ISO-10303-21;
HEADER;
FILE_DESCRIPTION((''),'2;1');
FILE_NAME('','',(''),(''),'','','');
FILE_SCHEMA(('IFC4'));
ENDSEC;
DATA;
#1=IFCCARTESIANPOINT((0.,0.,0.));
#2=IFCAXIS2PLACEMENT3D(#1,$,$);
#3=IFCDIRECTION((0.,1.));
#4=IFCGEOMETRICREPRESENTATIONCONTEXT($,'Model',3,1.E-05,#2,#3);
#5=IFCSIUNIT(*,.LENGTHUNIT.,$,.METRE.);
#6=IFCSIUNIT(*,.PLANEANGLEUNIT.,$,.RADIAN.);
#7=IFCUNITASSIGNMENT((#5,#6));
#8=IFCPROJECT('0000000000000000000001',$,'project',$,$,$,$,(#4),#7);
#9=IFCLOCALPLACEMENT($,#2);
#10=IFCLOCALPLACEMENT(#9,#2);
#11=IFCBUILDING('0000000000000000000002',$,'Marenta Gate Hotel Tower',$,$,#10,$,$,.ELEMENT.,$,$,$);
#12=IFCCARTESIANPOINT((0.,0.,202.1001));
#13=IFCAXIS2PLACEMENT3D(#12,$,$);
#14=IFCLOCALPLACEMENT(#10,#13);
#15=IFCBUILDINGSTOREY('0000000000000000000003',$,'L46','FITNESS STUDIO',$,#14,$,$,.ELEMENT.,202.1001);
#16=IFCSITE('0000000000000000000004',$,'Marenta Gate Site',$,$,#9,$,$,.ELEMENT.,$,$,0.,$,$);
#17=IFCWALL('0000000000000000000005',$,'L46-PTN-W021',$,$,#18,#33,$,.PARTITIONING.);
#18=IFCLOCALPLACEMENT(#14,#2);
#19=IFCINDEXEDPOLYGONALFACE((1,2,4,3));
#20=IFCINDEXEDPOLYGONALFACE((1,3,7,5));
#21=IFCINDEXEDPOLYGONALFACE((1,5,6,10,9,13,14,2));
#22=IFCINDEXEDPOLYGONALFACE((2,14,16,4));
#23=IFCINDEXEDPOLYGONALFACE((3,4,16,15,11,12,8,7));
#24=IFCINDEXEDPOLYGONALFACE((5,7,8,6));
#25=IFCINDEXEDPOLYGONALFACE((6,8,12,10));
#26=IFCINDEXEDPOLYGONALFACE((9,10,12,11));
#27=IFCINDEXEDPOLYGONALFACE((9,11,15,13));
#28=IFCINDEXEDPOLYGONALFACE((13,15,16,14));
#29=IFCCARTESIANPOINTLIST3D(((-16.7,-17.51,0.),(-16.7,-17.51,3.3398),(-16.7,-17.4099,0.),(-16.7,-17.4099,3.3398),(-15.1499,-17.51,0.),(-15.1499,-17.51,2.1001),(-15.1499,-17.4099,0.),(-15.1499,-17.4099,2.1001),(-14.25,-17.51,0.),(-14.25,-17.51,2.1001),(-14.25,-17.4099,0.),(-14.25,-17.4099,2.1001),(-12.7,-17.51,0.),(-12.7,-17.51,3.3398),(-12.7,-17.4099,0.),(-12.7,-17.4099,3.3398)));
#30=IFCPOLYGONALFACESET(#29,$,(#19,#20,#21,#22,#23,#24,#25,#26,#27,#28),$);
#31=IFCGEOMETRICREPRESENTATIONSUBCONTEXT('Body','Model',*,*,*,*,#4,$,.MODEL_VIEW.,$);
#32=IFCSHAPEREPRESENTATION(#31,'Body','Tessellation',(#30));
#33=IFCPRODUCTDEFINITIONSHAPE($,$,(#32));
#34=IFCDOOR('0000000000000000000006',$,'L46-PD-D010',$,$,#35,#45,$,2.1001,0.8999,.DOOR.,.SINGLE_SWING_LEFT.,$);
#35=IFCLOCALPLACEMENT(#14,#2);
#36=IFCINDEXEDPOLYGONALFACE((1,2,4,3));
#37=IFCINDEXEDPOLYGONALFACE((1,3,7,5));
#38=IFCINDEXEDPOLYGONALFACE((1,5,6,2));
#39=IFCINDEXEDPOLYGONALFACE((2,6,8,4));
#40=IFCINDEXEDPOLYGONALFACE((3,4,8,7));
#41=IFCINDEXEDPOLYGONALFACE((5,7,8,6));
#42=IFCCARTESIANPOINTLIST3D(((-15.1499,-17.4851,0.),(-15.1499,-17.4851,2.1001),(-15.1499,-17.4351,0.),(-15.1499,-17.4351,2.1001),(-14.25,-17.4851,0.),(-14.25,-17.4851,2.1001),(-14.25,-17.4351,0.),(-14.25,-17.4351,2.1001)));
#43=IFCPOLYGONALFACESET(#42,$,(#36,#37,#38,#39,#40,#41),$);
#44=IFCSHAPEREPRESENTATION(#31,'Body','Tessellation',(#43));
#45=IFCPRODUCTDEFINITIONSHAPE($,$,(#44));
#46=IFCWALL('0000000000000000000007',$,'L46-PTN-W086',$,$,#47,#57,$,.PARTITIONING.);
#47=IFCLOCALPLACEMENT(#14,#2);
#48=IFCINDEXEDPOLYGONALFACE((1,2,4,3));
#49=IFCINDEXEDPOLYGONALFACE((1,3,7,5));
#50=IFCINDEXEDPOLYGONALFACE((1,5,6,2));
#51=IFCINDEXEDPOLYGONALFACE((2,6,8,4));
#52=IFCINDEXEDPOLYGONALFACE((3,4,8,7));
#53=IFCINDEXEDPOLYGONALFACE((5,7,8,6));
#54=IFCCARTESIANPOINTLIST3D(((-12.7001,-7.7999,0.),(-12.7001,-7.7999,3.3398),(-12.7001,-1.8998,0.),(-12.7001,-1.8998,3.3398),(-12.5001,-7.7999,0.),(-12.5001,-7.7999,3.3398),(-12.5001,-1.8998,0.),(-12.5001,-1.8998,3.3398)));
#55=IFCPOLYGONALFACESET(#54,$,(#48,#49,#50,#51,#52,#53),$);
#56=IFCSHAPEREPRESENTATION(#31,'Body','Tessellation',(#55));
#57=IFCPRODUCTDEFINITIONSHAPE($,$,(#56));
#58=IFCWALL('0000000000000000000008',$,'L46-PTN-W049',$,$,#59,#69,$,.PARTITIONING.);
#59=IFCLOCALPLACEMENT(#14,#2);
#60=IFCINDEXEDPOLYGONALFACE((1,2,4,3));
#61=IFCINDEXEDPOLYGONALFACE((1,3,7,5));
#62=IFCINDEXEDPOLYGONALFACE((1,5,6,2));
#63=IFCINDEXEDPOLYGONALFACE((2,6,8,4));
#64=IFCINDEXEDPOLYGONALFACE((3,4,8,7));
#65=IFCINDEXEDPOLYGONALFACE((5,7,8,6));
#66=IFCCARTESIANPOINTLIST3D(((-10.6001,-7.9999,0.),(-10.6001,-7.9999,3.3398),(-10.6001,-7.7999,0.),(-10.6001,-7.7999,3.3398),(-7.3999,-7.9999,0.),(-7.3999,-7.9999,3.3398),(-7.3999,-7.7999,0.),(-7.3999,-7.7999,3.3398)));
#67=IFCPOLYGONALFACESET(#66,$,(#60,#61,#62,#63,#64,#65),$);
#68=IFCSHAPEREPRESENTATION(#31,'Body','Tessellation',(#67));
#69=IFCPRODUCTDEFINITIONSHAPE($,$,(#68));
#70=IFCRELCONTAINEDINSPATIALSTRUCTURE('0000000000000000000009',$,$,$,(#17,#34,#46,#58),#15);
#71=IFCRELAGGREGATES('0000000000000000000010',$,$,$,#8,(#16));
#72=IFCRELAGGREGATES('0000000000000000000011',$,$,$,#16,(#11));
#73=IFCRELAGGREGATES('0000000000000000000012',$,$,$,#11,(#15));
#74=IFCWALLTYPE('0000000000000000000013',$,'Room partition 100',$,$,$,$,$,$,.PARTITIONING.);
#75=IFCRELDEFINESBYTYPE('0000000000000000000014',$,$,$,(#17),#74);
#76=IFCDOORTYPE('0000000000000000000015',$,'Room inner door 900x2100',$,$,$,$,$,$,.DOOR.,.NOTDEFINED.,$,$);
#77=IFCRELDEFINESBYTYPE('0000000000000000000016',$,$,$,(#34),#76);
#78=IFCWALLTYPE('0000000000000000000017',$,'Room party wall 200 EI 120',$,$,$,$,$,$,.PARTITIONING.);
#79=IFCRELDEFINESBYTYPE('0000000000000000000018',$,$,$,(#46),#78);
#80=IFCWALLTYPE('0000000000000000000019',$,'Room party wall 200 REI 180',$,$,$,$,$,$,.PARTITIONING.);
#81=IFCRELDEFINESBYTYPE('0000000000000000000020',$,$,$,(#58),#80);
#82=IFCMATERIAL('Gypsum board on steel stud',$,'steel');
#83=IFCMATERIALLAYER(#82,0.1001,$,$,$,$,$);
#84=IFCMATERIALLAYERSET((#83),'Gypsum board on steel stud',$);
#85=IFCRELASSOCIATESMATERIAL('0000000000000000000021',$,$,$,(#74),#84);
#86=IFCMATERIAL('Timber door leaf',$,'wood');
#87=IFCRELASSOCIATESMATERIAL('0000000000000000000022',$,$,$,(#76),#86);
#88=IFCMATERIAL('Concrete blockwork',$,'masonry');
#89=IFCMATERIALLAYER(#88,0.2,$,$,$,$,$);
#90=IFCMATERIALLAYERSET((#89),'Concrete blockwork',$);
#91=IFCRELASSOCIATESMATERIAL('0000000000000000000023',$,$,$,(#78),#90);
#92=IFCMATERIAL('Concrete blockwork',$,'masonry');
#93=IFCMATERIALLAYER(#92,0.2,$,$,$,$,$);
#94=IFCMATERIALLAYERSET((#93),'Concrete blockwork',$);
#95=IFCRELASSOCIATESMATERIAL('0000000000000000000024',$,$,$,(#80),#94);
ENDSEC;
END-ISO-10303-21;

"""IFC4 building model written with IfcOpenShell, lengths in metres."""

from ifc_helpers import new_model, si_unit, direction, frame, frame_2d, origin, place, context, subcontext, project, spatial, rectangle, extrude, material, layer, layer_set, type_object, element, fill, save


model = new_model("IFC4")

# Units and contexts
model_context = context("Model", 3, precision=1e-05, world=origin(), true_north=direction((0.0, 1.0)))
body_context = subcontext(model_context, "Body", "Model", "MODEL_VIEW")
ifc_project = project(units=[si_unit("LENGTHUNIT", "METRE"), si_unit("PLANEANGLEUNIT", "RADIAN")], contexts=[model_context])

# Site, building, storey
site_placement = place(None, origin())
site = spatial("IfcSite", under=ifc_project, at=site_placement, Name="Marenta Gate Site", CompositionType="ELEMENT", RefElevation=0.0)
building_placement = place(site_placement, origin())
building = spatial("IfcBuilding", under=site, at=building_placement, Name="Marenta Gate Hotel Tower", CompositionType="ELEMENT")
storey_placement = place(building_placement, frame((0.0, 0.0, 202.1001)))
storey = spatial("IfcBuildingStorey", under=building, at=storey_placement, Name="L46", Description="FITNESS STUDIO", CompositionType="ELEMENT", Elevation=202.1001)

# Wall, opening, door
ifc_material_1 = material(Name="Gypsum board on steel stud", Category="steel")
ifc_layer_1 = layer(ifc_material_1, 0.1001)
ifc_layer_set_1 = layer_set([ifc_layer_1], Name="Gypsum board on steel stud")
wall_type_1 = type_object("IfcWallType", Name="Room partition 100", PredefinedType="PARTITIONING", material=ifc_layer_set_1)
wall_1_placement = place(storey_placement, frame((-16.7, -17.46, 0.0), z_axis=(0.0, 0.0, 1.0), x_axis=(1.0, 0.0, 0.0)))
wall_1 = element("IfcWall", 1, at=wall_1_placement, inside=storey, type_object=wall_type_1, Name="L46-PTN-W021", PredefinedType="PARTITIONING", context=body_context, shape_type="SweptSolid", body=[
    extrude(rectangle(XDim=4.0, YDim=0.1001, at=frame_2d((2.0, 0.0))), origin(), (0.0, 0.0, 1.0), 3.3398),
])
opening_1_placement = place(wall_1_placement, frame((1.55, 0.0, 0.0)))
opening_1 = element("IfcOpeningElement", 2, at=opening_1_placement, cuts=wall_1, PredefinedType="OPENING", context=body_context, shape_type="SweptSolid", body=[
    extrude(rectangle(XDim=0.8999, YDim=2.1001, at=frame_2d((0.45, 1.05))), frame((0.0, 0.05, 0.0), z_axis=(0.0, -1.0, 0.0), x_axis=(1.0, 0.0, 0.0)), (0.0, 0.0, 1.0), 0.1001),
])
ifc_material_2 = material(Name="Timber door leaf", Category="wood")
door_type_1 = type_object("IfcDoorType", Name="Room inner door 900x2100", OperationType="NOTDEFINED", PredefinedType="DOOR", material=ifc_material_2)
door_1_placement = place(opening_1_placement, origin())
door_1 = element("IfcDoor", 3, at=door_1_placement, inside=storey, type_object=door_type_1, Name="L46-PD-D010", OperationType="SINGLE_SWING_LEFT", OverallHeight=2.1001, OverallWidth=0.8999, PredefinedType="DOOR", context=body_context, shape_type="SweptSolid", body=[
    extrude(rectangle(XDim=0.8999, YDim=2.1001, at=frame_2d((0.45, 1.05))), frame((0.0, 0.0249, 0.0), z_axis=(0.0, -1.0, 0.0), x_axis=(1.0, 0.0, 0.0)), (0.0, 0.0, 1.0), 0.05),
])
fill(opening_1, door_1)

# Walls
ifc_material_3 = material(Name="Concrete blockwork", Category="masonry")
ifc_layer_2 = layer(ifc_material_3, 0.2)
ifc_layer_set_2 = layer_set([ifc_layer_2], Name="Concrete blockwork")
wall_type_2 = type_object("IfcWallType", Name="Room party wall 200 EI 120", PredefinedType="PARTITIONING", material=ifc_layer_set_2)
wall_2_placement = place(storey_placement, frame((-12.6001, -7.8, 0.0), z_axis=(0.0, 0.0, 1.0), x_axis=(0.0, 1.0, 0.0)))
element("IfcWall", 4, at=wall_2_placement, inside=storey, type_object=wall_type_2, Name="L46-PTN-W086", PredefinedType="PARTITIONING", context=body_context, shape_type="SweptSolid", body=[
    extrude(rectangle(XDim=5.9001, YDim=0.2, at=frame_2d((2.9502, 0.0))), origin(), (0.0, 0.0, 1.0), 3.3398),
])
ifc_material_4 = material(Name="Concrete blockwork", Category="masonry")
ifc_layer_3 = layer(ifc_material_4, 0.2)
ifc_layer_set_3 = layer_set([ifc_layer_3], Name="Concrete blockwork")
wall_type_3 = type_object("IfcWallType", Name="Room party wall 200 REI 180", PredefinedType="PARTITIONING", material=ifc_layer_set_3)
wall_3_placement = place(storey_placement, frame((-10.6001, -7.8999, 0.0), z_axis=(0.0, 0.0, 1.0), x_axis=(1.0, 0.0, 0.0)))
element("IfcWall", 5, at=wall_3_placement, inside=storey, type_object=wall_type_3, Name="L46-PTN-W049", PredefinedType="PARTITIONING", context=body_context, shape_type="SweptSolid", body=[
    extrude(rectangle(XDim=3.2002, YDim=0.2, at=frame_2d((1.6001, 0.0))), origin(), (0.0, 0.0, 1.0), 3.3398),
])

save(model, "model.ifc")
